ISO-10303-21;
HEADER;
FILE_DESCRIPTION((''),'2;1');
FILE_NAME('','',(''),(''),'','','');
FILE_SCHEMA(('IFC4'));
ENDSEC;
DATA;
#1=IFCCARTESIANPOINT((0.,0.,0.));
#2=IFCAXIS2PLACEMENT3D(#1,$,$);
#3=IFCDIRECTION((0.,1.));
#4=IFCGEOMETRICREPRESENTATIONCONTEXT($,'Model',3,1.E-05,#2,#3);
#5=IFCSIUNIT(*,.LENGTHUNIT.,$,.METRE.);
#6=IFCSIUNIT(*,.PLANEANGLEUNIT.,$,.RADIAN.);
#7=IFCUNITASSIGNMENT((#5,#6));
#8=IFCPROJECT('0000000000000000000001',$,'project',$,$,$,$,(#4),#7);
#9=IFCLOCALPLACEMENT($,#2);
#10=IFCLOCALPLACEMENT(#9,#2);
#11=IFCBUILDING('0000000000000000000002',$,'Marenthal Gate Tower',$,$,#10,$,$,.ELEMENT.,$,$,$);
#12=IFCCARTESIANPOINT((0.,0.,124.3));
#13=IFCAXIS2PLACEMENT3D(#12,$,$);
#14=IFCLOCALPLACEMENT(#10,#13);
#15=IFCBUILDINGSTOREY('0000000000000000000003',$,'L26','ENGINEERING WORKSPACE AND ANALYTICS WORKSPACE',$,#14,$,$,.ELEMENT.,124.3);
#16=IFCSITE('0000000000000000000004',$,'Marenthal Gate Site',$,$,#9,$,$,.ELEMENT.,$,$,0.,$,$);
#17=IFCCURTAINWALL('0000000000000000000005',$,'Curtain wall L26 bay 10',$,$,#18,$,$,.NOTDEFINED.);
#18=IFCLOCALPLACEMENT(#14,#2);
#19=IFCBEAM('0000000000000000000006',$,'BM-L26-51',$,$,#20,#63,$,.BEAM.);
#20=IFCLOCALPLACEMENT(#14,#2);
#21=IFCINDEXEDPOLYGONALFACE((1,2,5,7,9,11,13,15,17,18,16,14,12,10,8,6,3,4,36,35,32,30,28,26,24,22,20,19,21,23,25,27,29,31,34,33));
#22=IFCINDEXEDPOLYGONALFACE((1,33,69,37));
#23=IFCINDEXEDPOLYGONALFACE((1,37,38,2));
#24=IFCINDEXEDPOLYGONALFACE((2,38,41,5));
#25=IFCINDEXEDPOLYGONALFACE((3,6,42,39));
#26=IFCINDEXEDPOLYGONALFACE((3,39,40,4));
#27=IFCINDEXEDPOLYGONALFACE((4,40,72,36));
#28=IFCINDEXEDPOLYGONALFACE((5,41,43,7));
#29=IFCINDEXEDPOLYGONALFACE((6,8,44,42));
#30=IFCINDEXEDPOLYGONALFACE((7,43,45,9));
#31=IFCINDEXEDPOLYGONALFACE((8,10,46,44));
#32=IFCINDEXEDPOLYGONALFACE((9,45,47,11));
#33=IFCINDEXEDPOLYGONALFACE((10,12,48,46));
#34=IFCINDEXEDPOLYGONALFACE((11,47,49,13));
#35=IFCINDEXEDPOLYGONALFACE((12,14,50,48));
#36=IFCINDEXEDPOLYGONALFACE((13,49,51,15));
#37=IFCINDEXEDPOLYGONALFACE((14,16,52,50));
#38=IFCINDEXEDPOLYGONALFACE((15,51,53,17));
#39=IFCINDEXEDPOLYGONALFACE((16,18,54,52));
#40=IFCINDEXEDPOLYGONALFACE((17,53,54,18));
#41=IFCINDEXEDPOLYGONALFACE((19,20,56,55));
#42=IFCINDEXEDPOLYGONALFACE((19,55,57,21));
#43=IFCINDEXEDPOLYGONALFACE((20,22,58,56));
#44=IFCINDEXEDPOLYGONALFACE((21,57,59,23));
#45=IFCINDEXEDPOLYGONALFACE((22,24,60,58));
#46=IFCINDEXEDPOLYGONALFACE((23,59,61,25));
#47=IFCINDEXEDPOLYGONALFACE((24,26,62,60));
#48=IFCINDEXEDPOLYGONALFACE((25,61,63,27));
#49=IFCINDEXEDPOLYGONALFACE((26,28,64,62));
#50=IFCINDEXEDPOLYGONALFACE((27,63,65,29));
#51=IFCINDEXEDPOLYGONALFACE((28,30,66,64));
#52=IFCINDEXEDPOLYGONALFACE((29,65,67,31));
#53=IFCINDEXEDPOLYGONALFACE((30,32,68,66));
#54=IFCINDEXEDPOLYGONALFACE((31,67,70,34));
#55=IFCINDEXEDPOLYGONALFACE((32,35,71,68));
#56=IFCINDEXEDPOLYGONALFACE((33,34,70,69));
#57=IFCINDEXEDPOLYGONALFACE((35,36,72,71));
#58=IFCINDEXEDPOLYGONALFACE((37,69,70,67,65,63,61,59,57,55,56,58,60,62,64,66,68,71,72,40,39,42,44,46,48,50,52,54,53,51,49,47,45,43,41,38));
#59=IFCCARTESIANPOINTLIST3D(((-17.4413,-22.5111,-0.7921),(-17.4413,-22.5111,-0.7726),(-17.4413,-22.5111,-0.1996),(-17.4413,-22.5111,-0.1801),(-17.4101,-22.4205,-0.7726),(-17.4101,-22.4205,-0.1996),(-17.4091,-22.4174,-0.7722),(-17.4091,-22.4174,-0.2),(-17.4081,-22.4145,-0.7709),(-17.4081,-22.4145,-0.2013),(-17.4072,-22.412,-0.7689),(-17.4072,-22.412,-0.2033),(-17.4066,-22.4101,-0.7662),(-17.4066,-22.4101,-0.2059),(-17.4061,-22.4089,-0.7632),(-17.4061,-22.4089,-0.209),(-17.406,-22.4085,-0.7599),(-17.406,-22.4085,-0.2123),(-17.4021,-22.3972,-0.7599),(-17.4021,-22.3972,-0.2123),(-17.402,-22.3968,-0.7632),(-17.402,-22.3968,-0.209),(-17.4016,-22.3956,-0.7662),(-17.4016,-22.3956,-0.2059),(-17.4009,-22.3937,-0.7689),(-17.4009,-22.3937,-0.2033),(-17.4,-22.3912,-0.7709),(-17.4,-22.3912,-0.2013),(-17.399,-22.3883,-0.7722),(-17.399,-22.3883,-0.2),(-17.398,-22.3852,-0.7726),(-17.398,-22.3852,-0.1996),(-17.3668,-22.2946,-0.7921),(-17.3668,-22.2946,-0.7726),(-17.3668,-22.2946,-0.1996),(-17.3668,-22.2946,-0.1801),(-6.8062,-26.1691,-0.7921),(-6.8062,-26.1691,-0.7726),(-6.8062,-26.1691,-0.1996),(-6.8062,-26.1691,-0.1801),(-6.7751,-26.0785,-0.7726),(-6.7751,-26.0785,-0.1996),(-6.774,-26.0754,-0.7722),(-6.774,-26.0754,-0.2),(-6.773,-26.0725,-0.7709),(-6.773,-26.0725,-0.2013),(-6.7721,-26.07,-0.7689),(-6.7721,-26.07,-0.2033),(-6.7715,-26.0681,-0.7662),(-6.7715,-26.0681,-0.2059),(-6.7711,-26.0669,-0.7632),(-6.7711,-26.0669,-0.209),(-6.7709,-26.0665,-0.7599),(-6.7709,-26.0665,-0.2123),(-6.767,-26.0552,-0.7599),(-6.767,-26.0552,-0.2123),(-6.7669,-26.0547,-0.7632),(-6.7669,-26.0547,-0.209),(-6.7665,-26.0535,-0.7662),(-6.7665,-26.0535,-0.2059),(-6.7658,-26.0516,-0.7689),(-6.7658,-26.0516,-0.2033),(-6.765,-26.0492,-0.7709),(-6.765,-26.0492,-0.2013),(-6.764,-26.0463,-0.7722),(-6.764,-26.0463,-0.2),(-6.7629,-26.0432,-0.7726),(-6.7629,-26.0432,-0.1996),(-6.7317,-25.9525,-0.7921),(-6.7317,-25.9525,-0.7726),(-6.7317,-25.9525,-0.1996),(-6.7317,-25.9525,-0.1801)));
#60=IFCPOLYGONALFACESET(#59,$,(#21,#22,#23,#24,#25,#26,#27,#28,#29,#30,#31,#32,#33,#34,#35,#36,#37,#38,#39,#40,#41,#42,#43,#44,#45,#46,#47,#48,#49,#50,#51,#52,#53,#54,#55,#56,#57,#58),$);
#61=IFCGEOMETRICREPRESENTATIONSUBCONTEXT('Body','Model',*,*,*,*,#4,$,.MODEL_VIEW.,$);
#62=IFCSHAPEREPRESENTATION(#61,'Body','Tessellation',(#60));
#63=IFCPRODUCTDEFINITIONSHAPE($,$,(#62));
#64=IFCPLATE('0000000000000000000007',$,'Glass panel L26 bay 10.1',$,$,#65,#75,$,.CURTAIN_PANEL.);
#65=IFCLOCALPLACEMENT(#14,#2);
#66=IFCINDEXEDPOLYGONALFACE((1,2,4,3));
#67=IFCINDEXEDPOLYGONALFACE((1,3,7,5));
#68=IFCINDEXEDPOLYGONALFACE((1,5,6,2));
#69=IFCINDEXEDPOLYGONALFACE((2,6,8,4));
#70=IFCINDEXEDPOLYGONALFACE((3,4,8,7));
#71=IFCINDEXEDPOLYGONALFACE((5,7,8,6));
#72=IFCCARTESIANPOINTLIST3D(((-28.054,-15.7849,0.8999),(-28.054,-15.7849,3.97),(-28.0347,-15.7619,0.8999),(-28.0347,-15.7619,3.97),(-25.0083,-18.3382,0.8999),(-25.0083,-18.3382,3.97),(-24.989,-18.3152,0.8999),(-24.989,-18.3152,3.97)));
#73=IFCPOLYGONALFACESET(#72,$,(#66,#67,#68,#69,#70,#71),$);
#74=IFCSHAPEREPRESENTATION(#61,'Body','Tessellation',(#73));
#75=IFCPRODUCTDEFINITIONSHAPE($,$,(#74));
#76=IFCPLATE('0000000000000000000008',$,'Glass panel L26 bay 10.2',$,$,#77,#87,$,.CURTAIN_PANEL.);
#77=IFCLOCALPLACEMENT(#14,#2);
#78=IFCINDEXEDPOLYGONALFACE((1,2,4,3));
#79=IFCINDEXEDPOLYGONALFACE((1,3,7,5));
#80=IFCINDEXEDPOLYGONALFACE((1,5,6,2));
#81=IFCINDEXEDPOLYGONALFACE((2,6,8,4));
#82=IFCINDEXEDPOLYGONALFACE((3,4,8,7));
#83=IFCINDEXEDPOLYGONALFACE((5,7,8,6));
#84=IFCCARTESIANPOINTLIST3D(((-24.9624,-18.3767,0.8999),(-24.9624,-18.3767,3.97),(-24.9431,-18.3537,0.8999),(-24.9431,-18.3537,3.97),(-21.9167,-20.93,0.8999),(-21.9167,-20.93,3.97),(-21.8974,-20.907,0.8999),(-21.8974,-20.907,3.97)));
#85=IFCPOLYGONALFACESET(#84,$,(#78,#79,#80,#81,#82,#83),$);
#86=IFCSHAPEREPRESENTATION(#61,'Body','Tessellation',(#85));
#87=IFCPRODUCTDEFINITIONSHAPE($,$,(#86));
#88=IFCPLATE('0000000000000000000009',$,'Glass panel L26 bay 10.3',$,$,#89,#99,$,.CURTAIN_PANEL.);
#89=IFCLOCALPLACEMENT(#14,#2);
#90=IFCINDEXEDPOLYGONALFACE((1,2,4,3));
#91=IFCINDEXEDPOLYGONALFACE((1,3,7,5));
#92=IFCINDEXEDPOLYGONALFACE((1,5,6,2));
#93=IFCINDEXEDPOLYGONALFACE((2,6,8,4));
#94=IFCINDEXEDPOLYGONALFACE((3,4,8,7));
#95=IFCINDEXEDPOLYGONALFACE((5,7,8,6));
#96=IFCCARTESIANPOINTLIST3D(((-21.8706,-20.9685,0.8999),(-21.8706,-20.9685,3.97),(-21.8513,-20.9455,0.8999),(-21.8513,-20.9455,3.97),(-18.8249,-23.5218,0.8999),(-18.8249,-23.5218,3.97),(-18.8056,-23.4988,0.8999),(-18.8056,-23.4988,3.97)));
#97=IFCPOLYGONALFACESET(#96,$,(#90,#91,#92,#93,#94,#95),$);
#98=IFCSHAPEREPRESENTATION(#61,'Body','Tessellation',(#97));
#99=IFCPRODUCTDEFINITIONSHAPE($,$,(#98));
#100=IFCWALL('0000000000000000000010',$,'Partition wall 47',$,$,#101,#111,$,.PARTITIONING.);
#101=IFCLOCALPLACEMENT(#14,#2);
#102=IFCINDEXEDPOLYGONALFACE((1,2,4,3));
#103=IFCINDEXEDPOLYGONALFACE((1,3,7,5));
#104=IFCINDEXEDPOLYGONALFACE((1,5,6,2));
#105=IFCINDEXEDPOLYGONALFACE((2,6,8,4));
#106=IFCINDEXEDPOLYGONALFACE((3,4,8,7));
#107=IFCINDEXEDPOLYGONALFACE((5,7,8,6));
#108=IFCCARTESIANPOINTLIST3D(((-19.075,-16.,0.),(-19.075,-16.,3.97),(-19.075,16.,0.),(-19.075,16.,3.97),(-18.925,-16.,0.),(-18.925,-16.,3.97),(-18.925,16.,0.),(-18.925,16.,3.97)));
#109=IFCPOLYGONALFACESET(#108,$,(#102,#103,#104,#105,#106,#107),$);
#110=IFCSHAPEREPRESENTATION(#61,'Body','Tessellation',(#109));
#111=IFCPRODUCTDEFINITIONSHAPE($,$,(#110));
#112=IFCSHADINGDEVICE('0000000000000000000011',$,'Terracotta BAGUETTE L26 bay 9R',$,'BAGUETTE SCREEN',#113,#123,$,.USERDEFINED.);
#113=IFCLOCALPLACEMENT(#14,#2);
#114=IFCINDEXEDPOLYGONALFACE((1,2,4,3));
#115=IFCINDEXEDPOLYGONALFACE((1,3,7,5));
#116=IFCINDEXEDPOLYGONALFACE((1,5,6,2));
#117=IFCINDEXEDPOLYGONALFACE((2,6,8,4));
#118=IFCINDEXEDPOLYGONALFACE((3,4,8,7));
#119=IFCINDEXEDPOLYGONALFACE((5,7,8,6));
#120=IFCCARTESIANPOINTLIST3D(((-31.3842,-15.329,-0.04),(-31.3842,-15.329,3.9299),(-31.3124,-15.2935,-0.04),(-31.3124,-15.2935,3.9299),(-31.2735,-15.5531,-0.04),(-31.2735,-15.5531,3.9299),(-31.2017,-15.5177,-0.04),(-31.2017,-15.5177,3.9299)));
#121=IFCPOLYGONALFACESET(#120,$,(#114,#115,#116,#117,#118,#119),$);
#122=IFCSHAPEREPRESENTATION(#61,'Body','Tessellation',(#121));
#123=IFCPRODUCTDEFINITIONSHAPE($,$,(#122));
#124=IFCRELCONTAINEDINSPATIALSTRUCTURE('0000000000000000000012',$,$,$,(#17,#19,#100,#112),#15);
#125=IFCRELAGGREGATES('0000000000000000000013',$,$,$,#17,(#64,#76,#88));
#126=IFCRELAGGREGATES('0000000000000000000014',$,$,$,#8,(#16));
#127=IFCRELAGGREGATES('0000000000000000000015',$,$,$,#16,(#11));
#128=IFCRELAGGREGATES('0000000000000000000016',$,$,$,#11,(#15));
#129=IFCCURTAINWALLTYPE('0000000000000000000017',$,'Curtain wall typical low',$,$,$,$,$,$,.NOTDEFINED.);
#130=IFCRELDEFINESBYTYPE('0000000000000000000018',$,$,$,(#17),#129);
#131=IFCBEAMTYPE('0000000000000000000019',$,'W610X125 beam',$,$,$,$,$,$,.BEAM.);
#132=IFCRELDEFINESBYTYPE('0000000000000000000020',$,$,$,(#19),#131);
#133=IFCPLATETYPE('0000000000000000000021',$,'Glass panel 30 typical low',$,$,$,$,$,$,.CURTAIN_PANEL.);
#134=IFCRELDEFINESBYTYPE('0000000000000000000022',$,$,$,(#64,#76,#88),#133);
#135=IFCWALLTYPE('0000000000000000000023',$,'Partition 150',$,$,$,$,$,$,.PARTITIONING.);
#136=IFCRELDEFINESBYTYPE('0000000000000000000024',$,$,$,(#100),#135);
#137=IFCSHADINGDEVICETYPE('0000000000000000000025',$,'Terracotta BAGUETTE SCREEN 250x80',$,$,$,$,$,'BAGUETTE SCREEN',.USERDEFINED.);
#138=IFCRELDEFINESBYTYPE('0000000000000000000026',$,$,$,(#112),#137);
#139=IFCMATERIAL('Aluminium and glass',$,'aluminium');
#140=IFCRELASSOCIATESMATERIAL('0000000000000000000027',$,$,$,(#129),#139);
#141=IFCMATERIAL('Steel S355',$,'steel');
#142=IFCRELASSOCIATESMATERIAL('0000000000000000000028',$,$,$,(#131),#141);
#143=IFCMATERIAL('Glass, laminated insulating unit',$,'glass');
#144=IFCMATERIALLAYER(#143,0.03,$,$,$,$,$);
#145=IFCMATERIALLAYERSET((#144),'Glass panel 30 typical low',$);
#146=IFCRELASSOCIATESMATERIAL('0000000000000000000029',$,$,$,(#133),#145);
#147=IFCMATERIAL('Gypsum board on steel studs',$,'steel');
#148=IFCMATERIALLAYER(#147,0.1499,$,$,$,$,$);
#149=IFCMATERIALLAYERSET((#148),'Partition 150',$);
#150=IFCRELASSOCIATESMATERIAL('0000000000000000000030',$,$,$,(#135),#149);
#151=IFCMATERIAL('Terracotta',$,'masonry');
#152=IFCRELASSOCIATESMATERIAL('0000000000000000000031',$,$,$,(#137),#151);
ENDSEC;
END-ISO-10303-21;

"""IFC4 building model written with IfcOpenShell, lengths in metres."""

from ifc_helpers import new_model, si_unit, direction, frame, frame_2d, origin, origin_2d, place, context, subcontext, project, spatial, rectangle, i_section, extrude, material, layer, layer_set, material_profile, profile_set, type_object, element, aggregate, save


model = new_model("IFC4")

# Units and contexts
model_context = context("Model", 3, precision=1e-05, world=origin(), true_north=direction((0.0, 1.0)))
body_context = subcontext(model_context, "Body", "Model", "MODEL_VIEW")
ifc_project = project(units=[si_unit("LENGTHUNIT", "METRE"), si_unit("PLANEANGLEUNIT", "RADIAN")], contexts=[model_context])

# Site, building, storey
site_placement = place(None, origin())
site = spatial("IfcSite", under=ifc_project, at=site_placement, Name="Marenthal Gate Site", CompositionType="ELEMENT", RefElevation=0.0)
building_placement = place(site_placement, origin())
building = spatial("IfcBuilding", under=site, at=building_placement, Name="Marenthal Gate Tower", CompositionType="ELEMENT")
storey_placement = place(building_placement, frame((0.0, 0.0, 124.3)))
storey = spatial("IfcBuildingStorey", under=building, at=storey_placement, Name="L26", Description="ENGINEERING WORKSPACE AND ANALYTICS WORKSPACE", CompositionType="ELEMENT", Elevation=124.3)

# Curtain wall
ifc_material_1 = material(Name="Aluminium and glass", Category="aluminium")
curtain_wall_type = type_object("IfcCurtainWallType", Name="Curtain wall typical low", PredefinedType="NOTDEFINED", material=ifc_material_1)
curtain_wall_placement = place(storey_placement, origin())
curtain_wall = element("IfcCurtainWall", 1, at=curtain_wall_placement, inside=storey, type_object=curtain_wall_type, Name="Curtain wall L26 bay 10", PredefinedType="NOTDEFINED")

# Beam
ifc_material_2 = material(Name="Steel S355", Category="steel")
ifc_material_profile_1 = material_profile(ifc_material_2, i_section(OverallWidth=0.229, OverallDepth=0.6121, WebThickness=0.012, FlangeThickness=0.0195, FilletRadius=0.0127, at=origin_2d()), Name="W610X125")
ifc_profile_set_1 = profile_set([ifc_material_profile_1], Name="Steel S355")
beam_type_1 = type_object("IfcBeamType", Name="W610X125 beam", PredefinedType="BEAM", material=ifc_profile_set_1)
beam_1_placement = place(storey_placement, frame((-17.4041, -22.4028, -0.4861), z_axis=(0.945627, -0.325253, 0.0), x_axis=(0.325253, 0.945627, 0.0)))
element("IfcBeam", 2, at=beam_1_placement, inside=storey, type_object=beam_type_1, Name="BM-L26-51", PredefinedType="BEAM", context=body_context, shape_type="SweptSolid", body=[
    extrude(i_section(OverallWidth=0.229, OverallDepth=0.6121, WebThickness=0.012, FlangeThickness=0.0195, FilletRadius=0.0127, at=origin_2d()), origin(), (0.0, 0.0, 1.0), 11.2466),
])

# Plates
ifc_material_3 = material(Name="Glass, laminated insulating unit", Category="glass")
ifc_layer_1 = layer(ifc_material_3, 0.03)
ifc_layer_set_1 = layer_set([ifc_layer_1], Name="Glass panel 30 typical low")
plate_type = type_object("IfcPlateType", Name="Glass panel 30 typical low", PredefinedType="CURTAIN_PANEL", material=ifc_layer_set_1)
plate_1_placement = place(storey_placement, frame((-26.5215, -17.05, 0.8999), z_axis=(0.0, 0.0, 1.0), x_axis=(0.766338, -0.642438, 0.0)))
plate_1 = element("IfcPlate", 3, at=plate_1_placement, type_object=plate_type, Name="Glass panel L26 bay 10.1", PredefinedType="CURTAIN_PANEL", context=body_context, shape_type="SweptSolid", body=[
    extrude(rectangle(XDim=3.9744, YDim=0.03, at=origin_2d()), origin(), (0.0, 0.0, 1.0), 3.0701),
])
plate_2_placement = place(storey_placement, frame((-23.4299, -19.6418, 0.8999), z_axis=(0.0, 0.0, 1.0), x_axis=(0.766338, -0.642438, 0.0)))
plate_2 = element("IfcPlate", 4, at=plate_2_placement, type_object=plate_type, Name="Glass panel L26 bay 10.2", PredefinedType="CURTAIN_PANEL", context=body_context, shape_type="SweptSolid", body=[
    extrude(rectangle(XDim=3.9744, YDim=0.03, at=origin_2d()), origin(), (0.0, 0.0, 1.0), 3.0701),
])
plate_3_placement = place(storey_placement, frame((-20.3381, -22.2336, 0.8999), z_axis=(0.0, 0.0, 1.0), x_axis=(0.766338, -0.642438, 0.0)))
plate_3 = element("IfcPlate", 5, at=plate_3_placement, type_object=plate_type, Name="Glass panel L26 bay 10.3", PredefinedType="CURTAIN_PANEL", context=body_context, shape_type="SweptSolid", body=[
    extrude(rectangle(XDim=3.9744, YDim=0.03, at=origin_2d()), origin(), (0.0, 0.0, 1.0), 3.0701),
])
aggregate(curtain_wall, [plate_1, plate_2, plate_3])

# Wall
ifc_material_4 = material(Name="Gypsum board on steel studs", Category="steel")
ifc_layer_2 = layer(ifc_material_4, 0.1499)
ifc_layer_set_2 = layer_set([ifc_layer_2], Name="Partition 150")
wall_type_1 = type_object("IfcWallType", Name="Partition 150", PredefinedType="PARTITIONING", material=ifc_layer_set_2)
wall_1_placement = place(storey_placement, frame((-19.0, -16.0, 0.0), z_axis=(0.0, 0.0, 1.0), x_axis=(0.0, 1.0, 0.0)))
element("IfcWall", 6, at=wall_1_placement, inside=storey, type_object=wall_type_1, Name="Partition wall 47", PredefinedType="PARTITIONING", context=body_context, shape_type="SweptSolid", body=[
    extrude(rectangle(XDim=32.0, YDim=0.1499, at=frame_2d((16.0, 0.0))), origin(), (0.0, 0.0, 1.0), 3.97),
])

# Shading device
ifc_material_5 = material(Name="Terracotta", Category="masonry")
ifc_material_profile_2 = material_profile(ifc_material_5, rectangle(XDim=0.25, YDim=0.0801, at=origin_2d()), Name="Terracotta baguette 250x80")
ifc_profile_set_2 = profile_set([ifc_material_profile_2], Name="Terracotta")
shading_device_type = type_object("IfcShadingDeviceType", Name="Terracotta BAGUETTE SCREEN 250x80", ElementType="BAGUETTE SCREEN", PredefinedType="USERDEFINED", material=ifc_profile_set_2)
shading_device_placement = place(storey_placement, frame((-31.293, -15.4233, -0.04), z_axis=(0.0, 0.0, 1.0), x_axis=(0.442658, -0.896691, 0.0)))
element("IfcShadingDevice", 7, at=shading_device_placement, inside=storey, type_object=shading_device_type, Name="Terracotta BAGUETTE L26 bay 9R", ObjectType="BAGUETTE SCREEN", PredefinedType="USERDEFINED", context=body_context, shape_type="SweptSolid", body=[
    extrude(rectangle(XDim=0.25, YDim=0.0801, at=origin_2d()), origin(), (0.0, 0.0, 1.0), 3.97),
])

save(model, "model.ifc")
